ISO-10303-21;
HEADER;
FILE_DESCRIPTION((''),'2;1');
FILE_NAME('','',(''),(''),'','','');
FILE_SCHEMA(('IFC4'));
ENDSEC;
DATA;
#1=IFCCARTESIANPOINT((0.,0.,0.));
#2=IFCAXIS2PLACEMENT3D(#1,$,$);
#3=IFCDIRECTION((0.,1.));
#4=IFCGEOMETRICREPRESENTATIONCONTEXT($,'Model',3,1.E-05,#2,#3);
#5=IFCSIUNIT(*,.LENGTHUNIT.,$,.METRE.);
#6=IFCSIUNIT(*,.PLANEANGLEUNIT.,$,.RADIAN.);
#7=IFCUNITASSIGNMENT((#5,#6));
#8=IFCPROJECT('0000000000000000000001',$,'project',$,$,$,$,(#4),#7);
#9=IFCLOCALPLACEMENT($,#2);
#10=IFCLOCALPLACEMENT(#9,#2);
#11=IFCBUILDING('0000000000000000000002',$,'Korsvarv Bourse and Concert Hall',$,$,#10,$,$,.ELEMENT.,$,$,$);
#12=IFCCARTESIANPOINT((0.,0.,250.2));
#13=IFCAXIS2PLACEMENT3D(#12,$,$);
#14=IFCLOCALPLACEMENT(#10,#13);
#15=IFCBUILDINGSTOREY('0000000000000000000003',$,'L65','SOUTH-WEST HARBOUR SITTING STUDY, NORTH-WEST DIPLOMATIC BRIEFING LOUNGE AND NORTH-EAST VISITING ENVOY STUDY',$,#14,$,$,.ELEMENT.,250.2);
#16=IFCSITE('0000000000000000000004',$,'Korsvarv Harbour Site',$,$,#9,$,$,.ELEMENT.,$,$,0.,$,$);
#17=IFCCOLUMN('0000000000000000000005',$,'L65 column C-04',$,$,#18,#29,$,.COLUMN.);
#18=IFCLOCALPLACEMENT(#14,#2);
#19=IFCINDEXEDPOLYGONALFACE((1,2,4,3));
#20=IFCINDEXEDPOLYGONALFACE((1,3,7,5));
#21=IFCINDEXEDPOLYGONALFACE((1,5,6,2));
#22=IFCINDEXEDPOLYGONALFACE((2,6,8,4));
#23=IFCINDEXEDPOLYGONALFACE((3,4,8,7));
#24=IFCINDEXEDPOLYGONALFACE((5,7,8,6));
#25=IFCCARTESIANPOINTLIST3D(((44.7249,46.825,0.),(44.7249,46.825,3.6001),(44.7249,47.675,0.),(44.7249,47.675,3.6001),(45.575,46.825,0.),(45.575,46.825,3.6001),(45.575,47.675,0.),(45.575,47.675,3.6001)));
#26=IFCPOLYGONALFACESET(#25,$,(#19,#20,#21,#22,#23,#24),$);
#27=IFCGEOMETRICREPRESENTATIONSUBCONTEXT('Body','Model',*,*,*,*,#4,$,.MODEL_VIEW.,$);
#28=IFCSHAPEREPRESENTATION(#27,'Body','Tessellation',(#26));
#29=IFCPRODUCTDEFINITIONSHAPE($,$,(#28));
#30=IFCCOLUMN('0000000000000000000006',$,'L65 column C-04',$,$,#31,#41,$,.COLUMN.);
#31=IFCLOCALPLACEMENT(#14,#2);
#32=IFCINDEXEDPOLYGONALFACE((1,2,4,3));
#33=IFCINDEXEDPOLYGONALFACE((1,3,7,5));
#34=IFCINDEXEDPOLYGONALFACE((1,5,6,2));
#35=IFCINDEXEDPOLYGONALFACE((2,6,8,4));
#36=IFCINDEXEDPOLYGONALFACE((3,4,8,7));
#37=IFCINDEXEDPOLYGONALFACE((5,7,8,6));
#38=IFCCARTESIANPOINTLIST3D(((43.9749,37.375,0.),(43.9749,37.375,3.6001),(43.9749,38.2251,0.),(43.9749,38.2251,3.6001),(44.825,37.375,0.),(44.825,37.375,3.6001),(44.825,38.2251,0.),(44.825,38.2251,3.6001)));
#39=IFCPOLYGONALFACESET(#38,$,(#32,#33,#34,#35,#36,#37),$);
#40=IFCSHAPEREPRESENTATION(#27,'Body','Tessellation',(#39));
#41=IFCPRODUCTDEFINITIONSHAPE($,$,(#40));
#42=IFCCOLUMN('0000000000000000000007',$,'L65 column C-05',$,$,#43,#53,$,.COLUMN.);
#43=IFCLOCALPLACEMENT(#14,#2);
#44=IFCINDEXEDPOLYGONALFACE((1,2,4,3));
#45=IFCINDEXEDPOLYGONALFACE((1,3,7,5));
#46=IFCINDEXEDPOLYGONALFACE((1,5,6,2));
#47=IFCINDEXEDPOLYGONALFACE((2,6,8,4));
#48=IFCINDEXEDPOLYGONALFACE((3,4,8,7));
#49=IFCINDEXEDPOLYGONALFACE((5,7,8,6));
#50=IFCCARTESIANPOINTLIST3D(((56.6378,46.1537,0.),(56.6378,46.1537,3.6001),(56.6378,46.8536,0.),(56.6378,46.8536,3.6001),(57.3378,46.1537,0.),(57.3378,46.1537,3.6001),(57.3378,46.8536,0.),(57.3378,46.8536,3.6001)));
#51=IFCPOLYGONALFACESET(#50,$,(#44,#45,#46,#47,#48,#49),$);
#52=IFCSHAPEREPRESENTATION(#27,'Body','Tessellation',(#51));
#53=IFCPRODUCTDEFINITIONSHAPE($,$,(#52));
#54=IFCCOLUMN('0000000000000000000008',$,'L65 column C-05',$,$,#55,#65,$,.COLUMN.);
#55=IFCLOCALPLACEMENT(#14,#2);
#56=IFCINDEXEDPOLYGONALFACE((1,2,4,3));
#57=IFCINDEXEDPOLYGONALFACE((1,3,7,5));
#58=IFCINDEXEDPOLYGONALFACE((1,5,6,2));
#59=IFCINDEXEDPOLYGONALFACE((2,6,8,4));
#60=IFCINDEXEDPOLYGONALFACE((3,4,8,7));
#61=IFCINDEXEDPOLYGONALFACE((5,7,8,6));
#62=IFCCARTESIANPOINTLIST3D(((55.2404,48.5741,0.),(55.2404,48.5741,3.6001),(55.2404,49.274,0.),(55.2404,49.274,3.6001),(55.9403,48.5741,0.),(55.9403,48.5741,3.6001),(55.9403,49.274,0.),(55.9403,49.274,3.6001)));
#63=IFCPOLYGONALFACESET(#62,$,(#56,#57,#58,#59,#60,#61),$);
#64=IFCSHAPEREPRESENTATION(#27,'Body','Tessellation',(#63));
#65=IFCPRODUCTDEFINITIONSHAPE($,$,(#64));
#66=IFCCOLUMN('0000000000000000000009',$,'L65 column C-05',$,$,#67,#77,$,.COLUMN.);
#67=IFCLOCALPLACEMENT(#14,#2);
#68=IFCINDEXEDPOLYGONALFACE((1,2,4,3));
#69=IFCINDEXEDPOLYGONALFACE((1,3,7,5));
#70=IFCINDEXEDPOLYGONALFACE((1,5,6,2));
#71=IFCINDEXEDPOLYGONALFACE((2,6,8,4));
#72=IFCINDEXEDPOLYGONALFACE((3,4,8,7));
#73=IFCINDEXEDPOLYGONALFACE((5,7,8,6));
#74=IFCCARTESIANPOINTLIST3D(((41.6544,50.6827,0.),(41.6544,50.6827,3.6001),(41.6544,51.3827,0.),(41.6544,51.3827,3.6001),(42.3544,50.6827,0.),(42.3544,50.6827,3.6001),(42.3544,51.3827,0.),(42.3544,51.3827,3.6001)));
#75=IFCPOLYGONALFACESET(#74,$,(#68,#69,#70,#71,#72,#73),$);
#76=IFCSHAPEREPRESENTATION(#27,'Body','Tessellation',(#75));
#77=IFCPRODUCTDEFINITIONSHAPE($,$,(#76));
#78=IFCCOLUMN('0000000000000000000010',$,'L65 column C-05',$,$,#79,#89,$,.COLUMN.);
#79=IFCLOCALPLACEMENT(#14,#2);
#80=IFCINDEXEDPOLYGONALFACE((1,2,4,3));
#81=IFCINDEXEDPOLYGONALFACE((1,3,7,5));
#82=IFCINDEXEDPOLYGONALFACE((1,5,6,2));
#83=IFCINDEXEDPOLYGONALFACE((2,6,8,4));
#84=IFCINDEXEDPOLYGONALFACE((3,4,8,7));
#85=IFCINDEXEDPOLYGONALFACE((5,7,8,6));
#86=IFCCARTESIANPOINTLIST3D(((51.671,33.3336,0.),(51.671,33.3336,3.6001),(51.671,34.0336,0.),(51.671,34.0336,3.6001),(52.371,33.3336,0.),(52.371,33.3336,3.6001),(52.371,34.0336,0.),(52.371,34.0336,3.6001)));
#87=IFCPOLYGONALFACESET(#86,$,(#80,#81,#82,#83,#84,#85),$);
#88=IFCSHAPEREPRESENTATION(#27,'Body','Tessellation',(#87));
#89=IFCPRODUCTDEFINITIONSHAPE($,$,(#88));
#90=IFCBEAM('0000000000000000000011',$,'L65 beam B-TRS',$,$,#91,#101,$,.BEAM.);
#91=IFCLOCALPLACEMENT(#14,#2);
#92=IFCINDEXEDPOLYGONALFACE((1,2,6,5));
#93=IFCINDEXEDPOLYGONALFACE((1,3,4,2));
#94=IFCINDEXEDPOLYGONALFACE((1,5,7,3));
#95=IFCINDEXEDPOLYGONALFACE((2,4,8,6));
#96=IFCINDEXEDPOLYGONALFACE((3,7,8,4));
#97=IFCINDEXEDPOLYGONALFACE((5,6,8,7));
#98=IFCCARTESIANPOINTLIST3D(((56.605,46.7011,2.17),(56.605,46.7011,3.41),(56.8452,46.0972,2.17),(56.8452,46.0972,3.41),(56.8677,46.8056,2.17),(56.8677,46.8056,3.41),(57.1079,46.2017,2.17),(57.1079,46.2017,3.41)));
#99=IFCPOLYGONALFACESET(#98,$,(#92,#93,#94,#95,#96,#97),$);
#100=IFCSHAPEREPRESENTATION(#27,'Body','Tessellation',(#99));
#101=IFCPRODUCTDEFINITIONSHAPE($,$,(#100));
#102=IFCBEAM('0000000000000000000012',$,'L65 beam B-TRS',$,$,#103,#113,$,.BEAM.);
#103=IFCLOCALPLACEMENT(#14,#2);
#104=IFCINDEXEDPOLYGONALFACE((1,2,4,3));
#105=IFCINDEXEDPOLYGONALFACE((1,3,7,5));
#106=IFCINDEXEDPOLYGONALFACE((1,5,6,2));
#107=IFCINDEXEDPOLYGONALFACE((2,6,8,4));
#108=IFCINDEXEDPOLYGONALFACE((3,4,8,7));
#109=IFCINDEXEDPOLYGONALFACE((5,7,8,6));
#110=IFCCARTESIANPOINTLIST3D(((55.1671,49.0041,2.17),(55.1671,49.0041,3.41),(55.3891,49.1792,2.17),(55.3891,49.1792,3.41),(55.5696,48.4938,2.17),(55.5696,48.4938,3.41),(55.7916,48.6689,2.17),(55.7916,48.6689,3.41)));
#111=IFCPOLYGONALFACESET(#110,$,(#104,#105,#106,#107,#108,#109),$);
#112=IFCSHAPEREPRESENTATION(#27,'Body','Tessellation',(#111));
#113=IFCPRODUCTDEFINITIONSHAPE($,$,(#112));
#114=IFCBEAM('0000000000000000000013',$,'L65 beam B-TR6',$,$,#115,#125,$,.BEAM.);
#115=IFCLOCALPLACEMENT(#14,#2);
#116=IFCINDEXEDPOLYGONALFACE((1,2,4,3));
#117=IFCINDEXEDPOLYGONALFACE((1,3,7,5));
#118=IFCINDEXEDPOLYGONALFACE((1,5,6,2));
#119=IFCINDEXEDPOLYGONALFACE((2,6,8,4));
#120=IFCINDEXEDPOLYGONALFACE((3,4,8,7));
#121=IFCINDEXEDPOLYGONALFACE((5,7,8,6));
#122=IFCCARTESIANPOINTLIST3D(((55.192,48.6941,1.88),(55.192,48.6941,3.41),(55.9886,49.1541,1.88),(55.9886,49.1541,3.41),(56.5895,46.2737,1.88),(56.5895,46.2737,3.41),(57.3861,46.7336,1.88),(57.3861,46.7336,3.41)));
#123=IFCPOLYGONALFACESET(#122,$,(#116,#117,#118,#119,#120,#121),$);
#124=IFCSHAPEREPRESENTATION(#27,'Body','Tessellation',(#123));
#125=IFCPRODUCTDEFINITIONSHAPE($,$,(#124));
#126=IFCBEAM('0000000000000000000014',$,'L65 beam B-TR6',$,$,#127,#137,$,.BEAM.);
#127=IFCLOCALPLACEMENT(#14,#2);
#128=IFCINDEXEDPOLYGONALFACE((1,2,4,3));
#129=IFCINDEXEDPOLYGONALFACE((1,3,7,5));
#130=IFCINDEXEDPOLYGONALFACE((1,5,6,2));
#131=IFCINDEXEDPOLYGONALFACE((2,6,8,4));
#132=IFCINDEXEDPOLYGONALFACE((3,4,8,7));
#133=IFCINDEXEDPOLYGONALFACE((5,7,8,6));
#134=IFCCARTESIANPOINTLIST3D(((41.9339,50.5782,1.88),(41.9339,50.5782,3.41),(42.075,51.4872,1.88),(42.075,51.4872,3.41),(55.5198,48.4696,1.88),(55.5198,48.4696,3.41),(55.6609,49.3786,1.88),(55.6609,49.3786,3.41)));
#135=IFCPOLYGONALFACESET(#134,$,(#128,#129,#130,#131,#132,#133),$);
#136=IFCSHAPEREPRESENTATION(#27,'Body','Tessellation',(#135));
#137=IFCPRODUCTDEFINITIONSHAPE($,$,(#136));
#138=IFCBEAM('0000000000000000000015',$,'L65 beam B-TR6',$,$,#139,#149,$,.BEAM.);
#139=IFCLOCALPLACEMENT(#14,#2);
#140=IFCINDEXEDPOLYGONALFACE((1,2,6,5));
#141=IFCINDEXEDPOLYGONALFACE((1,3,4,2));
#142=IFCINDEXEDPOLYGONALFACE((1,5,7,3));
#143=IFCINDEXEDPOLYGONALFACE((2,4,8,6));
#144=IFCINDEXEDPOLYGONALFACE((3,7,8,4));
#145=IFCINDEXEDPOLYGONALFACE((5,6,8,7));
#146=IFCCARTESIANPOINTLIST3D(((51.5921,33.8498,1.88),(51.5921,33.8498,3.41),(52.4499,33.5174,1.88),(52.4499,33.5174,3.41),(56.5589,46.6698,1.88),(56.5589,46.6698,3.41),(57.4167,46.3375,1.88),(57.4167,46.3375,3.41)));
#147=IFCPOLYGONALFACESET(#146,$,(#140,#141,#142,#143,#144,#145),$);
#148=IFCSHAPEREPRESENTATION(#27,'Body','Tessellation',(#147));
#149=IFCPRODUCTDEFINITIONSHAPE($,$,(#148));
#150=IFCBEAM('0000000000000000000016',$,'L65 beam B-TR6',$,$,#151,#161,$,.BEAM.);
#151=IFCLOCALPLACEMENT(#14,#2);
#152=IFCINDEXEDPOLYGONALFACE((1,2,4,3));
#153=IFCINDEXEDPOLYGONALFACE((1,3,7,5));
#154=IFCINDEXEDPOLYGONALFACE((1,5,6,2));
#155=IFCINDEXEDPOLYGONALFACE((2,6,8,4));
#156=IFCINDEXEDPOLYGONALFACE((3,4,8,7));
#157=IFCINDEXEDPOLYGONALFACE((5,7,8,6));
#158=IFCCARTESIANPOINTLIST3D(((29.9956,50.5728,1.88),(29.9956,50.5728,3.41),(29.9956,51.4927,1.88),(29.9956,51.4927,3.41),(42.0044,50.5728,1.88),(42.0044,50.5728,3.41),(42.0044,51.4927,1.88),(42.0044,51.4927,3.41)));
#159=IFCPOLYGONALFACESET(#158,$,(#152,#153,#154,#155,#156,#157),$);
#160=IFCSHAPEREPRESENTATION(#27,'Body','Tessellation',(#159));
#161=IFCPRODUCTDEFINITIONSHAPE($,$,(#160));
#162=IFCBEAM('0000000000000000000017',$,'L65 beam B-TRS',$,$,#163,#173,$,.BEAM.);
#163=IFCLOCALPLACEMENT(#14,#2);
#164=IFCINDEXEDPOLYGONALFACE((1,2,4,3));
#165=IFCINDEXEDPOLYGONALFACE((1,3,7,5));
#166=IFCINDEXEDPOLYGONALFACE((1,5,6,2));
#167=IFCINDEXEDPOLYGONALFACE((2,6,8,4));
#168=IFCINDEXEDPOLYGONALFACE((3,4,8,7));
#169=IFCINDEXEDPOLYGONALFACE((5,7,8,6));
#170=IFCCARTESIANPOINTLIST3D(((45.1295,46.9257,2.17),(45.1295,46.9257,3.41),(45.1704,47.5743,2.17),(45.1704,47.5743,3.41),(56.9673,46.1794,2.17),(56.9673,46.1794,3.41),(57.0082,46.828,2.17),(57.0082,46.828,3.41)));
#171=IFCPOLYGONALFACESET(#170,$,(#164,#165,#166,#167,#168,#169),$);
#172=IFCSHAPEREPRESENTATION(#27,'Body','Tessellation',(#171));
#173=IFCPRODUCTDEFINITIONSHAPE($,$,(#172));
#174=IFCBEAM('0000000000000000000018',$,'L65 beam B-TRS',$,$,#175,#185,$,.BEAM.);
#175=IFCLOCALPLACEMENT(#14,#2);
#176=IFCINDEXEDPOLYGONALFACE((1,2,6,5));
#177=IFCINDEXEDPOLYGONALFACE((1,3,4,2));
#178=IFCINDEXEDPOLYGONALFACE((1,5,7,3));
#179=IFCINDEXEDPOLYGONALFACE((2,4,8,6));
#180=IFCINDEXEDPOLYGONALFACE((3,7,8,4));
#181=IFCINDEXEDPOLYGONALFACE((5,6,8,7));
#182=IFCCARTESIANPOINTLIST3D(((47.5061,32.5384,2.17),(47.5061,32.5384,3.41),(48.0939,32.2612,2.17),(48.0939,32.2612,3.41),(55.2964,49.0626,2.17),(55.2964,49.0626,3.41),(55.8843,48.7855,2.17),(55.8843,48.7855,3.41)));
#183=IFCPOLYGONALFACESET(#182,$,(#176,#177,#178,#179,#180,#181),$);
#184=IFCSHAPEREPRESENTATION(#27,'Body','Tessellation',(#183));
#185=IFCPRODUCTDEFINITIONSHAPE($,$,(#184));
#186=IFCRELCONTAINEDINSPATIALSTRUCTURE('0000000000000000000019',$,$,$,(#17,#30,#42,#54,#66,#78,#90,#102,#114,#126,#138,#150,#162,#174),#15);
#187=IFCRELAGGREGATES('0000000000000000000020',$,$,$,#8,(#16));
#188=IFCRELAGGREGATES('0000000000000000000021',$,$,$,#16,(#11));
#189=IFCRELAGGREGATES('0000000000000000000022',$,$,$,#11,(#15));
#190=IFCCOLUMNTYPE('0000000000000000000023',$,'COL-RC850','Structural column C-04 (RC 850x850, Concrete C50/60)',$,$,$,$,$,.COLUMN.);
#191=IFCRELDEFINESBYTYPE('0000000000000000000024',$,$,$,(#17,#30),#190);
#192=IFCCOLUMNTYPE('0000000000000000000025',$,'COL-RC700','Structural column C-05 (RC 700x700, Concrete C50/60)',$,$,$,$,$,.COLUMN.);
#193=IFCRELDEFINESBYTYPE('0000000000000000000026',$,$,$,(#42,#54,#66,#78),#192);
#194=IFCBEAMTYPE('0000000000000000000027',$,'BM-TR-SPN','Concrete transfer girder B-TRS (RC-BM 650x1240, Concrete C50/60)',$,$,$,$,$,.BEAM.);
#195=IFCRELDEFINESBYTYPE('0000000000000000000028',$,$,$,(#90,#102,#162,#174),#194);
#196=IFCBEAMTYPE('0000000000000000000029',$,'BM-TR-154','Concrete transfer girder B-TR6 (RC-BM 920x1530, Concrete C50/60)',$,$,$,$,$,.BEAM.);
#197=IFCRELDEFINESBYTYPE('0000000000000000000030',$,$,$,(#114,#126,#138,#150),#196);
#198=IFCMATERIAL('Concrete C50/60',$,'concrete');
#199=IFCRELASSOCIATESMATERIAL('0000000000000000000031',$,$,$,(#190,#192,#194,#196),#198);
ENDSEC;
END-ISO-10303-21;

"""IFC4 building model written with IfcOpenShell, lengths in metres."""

from ifc_helpers import new_model, si_unit, direction, frame, origin, origin_2d, place, context, subcontext, project, spatial, rectangle, extrude, source, transform, mapped, material, material_profile, profile_set, type_object, element, save


model = new_model("IFC4")

# Units and contexts
model_context = context("Model", 3, precision=1e-05, world=origin(), true_north=direction((0.0, 1.0)))
body_context = subcontext(model_context, "Body", "Model", "MODEL_VIEW")
ifc_project = project(units=[si_unit("LENGTHUNIT", "METRE"), si_unit("PLANEANGLEUNIT", "RADIAN")], contexts=[model_context])

# Site, building, storey
site_placement = place(None, origin())
site = spatial("IfcSite", under=ifc_project, at=site_placement, Name="Korsvarv Harbour Site", CompositionType="ELEMENT", RefElevation=0.0)
building_placement = place(site_placement, origin())
building = spatial("IfcBuilding", under=site, at=building_placement, Name="Korsvarv Bourse and Concert Hall", CompositionType="ELEMENT")
storey_placement = place(building_placement, frame((0.0, 0.0, 250.2)))
storey = spatial("IfcBuildingStorey", under=building, at=storey_placement, Name="L65", Description="SOUTH-WEST HARBOUR SITTING STUDY, NORTH-WEST DIPLOMATIC BRIEFING LOUNGE AND NORTH-EAST VISITING ENVOY STUDY", CompositionType="ELEMENT", Elevation=250.2)

# Columns
ifc_material_1 = material(Name="Concrete C50/60", Category="concrete")
ifc_material_profile_1 = material_profile(ifc_material_1, rectangle(XDim=0.8501, YDim=0.8501, at=origin_2d()), Name="RC 850x850")
ifc_profile_set_1 = profile_set([ifc_material_profile_1], Name="Concrete C50/60")
column_type_1 = type_object("IfcColumnType", Name="COL-RC850", Description="Structural column C-04 (RC 850x850, Concrete C50/60)", PredefinedType="COLUMN", material=ifc_profile_set_1)
shared_shape_1 = source(origin(), body_context, "Body", "SweptSolid", [
    extrude(rectangle(XDim=0.8501, YDim=0.8501, at=origin_2d()), origin(), (0.0, 0.0, 1.0), 3.6001),
])
for number, where, z_axis, x_axis, name in (
    (1, (45.1499, 47.25, 0.0), (0.0, 0.0, 1.0), (1.0, 0.0, 0.0), "L65 column C-04"),
    (2, (44.3999, 37.8, 0.0), (0.0, 0.0, 1.0), (1.0, 0.0, 0.0), "L65 column C-04"),
):
    element("IfcColumn", number, at=place(storey_placement, frame(where, z_axis=z_axis, x_axis=x_axis)), inside=storey, type_object=column_type_1, Name=name, PredefinedType="COLUMN", context=body_context, shape_type="MappedRepresentation", body=[
        mapped(shared_shape_1, transform((0.0, 0.0, 0.0), scale=1.0)),
    ])
ifc_material_profile_2 = material_profile(ifc_material_1, rectangle(XDim=0.7, YDim=0.7, at=origin_2d()), Name="RC 700x700")
ifc_profile_set_2 = profile_set([ifc_material_profile_2], Name="Concrete C50/60")
column_type_2 = type_object("IfcColumnType", Name="COL-RC700", Description="Structural column C-05 (RC 700x700, Concrete C50/60)", PredefinedType="COLUMN", material=ifc_profile_set_2)
shared_shape_2 = source(origin(), body_context, "Body", "SweptSolid", [
    extrude(rectangle(XDim=0.7, YDim=0.7, at=origin_2d()), origin(), (0.0, 0.0, 1.0), 3.6001),
])
for number, where, z_axis, x_axis, name in (
    (3, (56.9878, 46.5037, 0.0), (0.0, 0.0, 1.0), (1.0, 0.0, 0.0), "L65 column C-05"),
    (4, (55.5903, 48.9241, 0.0), (0.0, 0.0, 1.0), (1.0, 0.0, 0.0), "L65 column C-05"),
    (5, (42.0044, 51.0327, 0.0), (0.0, 0.0, 1.0), (1.0, 0.0, 0.0), "L65 column C-05"),
    (6, (52.021, 33.6836, 0.0), (0.0, 0.0, 1.0), (1.0, 0.0, 0.0), "L65 column C-05"),
):
    element("IfcColumn", number, at=place(storey_placement, frame(where, z_axis=z_axis, x_axis=x_axis)), inside=storey, type_object=column_type_2, Name=name, PredefinedType="COLUMN", context=body_context, shape_type="MappedRepresentation", body=[
        mapped(shared_shape_2, transform((0.0, 0.0, 0.0), scale=1.0)),
    ])

# Beams
ifc_material_profile_3 = material_profile(ifc_material_1, rectangle(XDim=0.6499, YDim=1.24, at=origin_2d()), Name="RC-BM 650x1240")
ifc_profile_set_3 = profile_set([ifc_material_profile_3], Name="Concrete C50/60")
beam_type_1 = type_object("IfcBeamType", Name="BM-TR-SPN", Description="Concrete transfer girder B-TRS (RC-BM 650x1240, Concrete C50/60)", PredefinedType="BEAM", material=ifc_profile_set_3)
shared_shape_3 = source(origin(), body_context, "Body", "SweptSolid", [
    extrude(rectangle(XDim=0.6499, YDim=1.24, at=origin_2d()), origin(), (0.0, 0.0, 1.0), 0.2827),
])
for number, where, z_axis, x_axis, name in (
    (7, (56.9878, 46.5037, 2.79), (-0.92919, -0.369603, 0.0), (0.369603, -0.92919, 0.0), "L65 beam B-TRS"),
    (8, (55.5903, 48.9241, 2.79), (-0.785148, -0.619308, 0.0), (0.619308, -0.785148, 0.0), "L65 beam B-TRS"),
):
    element("IfcBeam", number, at=place(storey_placement, frame(where, z_axis=z_axis, x_axis=x_axis)), inside=storey, type_object=beam_type_1, Name=name, PredefinedType="BEAM", context=body_context, shape_type="MappedRepresentation", body=[
        mapped(shared_shape_3, transform((0.0, 0.0, 0.0), scale=1.0)),
    ])
ifc_material_profile_4 = material_profile(ifc_material_1, rectangle(XDim=0.9199, YDim=1.53, at=origin_2d()), Name="RC-BM 920x1530")
ifc_profile_set_4 = profile_set([ifc_material_profile_4], Name="Concrete C50/60")
beam_type_2 = type_object("IfcBeamType", Name="BM-TR-154", Description="Concrete transfer girder B-TR6 (RC-BM 920x1530, Concrete C50/60)", PredefinedType="BEAM", material=ifc_profile_set_4)
shared_shape_4 = source(origin(), body_context, "Body", "SweptSolid", [
    extrude(rectangle(XDim=0.9199, YDim=1.53, at=origin_2d()), origin(), (0.0, 0.0, 1.0), 2.7949),
])
beam_1_placement = place(storey_placement, frame((56.9878, 46.5037, 2.645), z_axis=(-0.50001, 0.86602, 0.0), x_axis=(-0.86602, -0.50001, 0.0)))
element("IfcBeam", 9, at=beam_1_placement, inside=storey, type_object=beam_type_2, Name="L65 beam B-TR6", PredefinedType="BEAM", context=body_context, shape_type="MappedRepresentation", body=[
    mapped(shared_shape_4, transform((0.0, 0.0, 0.0), scale=1.0)),
])
shared_shape_5 = source(origin(), body_context, "Body", "SweptSolid", [
    extrude(rectangle(XDim=0.9199, YDim=1.53, at=origin_2d()), origin(), (0.0, 0.0, 1.0), 13.7485),
])
for number, where, z_axis, x_axis, name in (
    (10, (55.5903, 48.9241, 2.645), (-0.988169, 0.153371, 0.0), (-0.153371, -0.988169, 0.0), "L65 beam B-TR6"),
    (11, (52.021, 33.6836, 2.645), (0.361259, 0.932465, 0.0), (-0.932465, 0.361259, 0.0), "L65 beam B-TR6"),
):
    element("IfcBeam", number, at=place(storey_placement, frame(where, z_axis=z_axis, x_axis=x_axis)), inside=storey, type_object=beam_type_2, Name=name, PredefinedType="BEAM", context=body_context, shape_type="MappedRepresentation", body=[
        mapped(shared_shape_5, transform((0.0, 0.0, 0.0), scale=1.0)),
    ])
shared_shape_6 = source(origin(), body_context, "Body", "SweptSolid", [
    extrude(rectangle(XDim=0.9199, YDim=1.53, at=origin_2d()), origin(), (0.0, 0.0, 1.0), 12.0088),
])
beam_2_placement = place(storey_placement, frame((42.0044, 51.0327, 2.645), z_axis=(-1.0, 0.0, 0.0), x_axis=(0.0, -1.0, 0.0)))
element("IfcBeam", 12, at=beam_2_placement, inside=storey, type_object=beam_type_2, Name="L65 beam B-TR6", PredefinedType="BEAM", context=body_context, shape_type="MappedRepresentation", body=[
    mapped(shared_shape_6, transform((0.0, 0.0, 0.0), scale=1.0)),
])
shared_shape_7 = source(origin(), body_context, "Body", "SweptSolid", [
    extrude(rectangle(XDim=0.6499, YDim=1.24, at=origin_2d()), origin(), (0.0, 0.0, 1.0), 11.8613),
])
beam_3_placement = place(storey_placement, frame((56.9878, 46.5037, 2.79), z_axis=(-0.998018, 0.062922, 0.0), x_axis=(-0.062922, -0.998018, 0.0)))
element("IfcBeam", 13, at=beam_3_placement, inside=storey, type_object=beam_type_1, Name="L65 beam B-TRS", PredefinedType="BEAM", context=body_context, shape_type="MappedRepresentation", body=[
    mapped(shared_shape_7, transform((0.0, 0.0, 0.0), scale=1.0)),
])
shared_shape_8 = source(origin(), body_context, "Body", "SweptSolid", [
    extrude(rectangle(XDim=0.6499, YDim=1.24, at=origin_2d()), origin(), (0.0, 0.0, 1.0), 18.2686),
])
beam_4_placement = place(storey_placement, frame((55.5903, 48.9241, 2.79), z_axis=(-0.426433, -0.904519, 0.0), x_axis=(0.904519, -0.426433, 0.0)))
element("IfcBeam", 14, at=beam_4_placement, inside=storey, type_object=beam_type_1, Name="L65 beam B-TRS", PredefinedType="BEAM", context=body_context, shape_type="MappedRepresentation", body=[
    mapped(shared_shape_8, transform((0.0, 0.0, 0.0), scale=1.0)),
])

save(model, "model.ifc")
